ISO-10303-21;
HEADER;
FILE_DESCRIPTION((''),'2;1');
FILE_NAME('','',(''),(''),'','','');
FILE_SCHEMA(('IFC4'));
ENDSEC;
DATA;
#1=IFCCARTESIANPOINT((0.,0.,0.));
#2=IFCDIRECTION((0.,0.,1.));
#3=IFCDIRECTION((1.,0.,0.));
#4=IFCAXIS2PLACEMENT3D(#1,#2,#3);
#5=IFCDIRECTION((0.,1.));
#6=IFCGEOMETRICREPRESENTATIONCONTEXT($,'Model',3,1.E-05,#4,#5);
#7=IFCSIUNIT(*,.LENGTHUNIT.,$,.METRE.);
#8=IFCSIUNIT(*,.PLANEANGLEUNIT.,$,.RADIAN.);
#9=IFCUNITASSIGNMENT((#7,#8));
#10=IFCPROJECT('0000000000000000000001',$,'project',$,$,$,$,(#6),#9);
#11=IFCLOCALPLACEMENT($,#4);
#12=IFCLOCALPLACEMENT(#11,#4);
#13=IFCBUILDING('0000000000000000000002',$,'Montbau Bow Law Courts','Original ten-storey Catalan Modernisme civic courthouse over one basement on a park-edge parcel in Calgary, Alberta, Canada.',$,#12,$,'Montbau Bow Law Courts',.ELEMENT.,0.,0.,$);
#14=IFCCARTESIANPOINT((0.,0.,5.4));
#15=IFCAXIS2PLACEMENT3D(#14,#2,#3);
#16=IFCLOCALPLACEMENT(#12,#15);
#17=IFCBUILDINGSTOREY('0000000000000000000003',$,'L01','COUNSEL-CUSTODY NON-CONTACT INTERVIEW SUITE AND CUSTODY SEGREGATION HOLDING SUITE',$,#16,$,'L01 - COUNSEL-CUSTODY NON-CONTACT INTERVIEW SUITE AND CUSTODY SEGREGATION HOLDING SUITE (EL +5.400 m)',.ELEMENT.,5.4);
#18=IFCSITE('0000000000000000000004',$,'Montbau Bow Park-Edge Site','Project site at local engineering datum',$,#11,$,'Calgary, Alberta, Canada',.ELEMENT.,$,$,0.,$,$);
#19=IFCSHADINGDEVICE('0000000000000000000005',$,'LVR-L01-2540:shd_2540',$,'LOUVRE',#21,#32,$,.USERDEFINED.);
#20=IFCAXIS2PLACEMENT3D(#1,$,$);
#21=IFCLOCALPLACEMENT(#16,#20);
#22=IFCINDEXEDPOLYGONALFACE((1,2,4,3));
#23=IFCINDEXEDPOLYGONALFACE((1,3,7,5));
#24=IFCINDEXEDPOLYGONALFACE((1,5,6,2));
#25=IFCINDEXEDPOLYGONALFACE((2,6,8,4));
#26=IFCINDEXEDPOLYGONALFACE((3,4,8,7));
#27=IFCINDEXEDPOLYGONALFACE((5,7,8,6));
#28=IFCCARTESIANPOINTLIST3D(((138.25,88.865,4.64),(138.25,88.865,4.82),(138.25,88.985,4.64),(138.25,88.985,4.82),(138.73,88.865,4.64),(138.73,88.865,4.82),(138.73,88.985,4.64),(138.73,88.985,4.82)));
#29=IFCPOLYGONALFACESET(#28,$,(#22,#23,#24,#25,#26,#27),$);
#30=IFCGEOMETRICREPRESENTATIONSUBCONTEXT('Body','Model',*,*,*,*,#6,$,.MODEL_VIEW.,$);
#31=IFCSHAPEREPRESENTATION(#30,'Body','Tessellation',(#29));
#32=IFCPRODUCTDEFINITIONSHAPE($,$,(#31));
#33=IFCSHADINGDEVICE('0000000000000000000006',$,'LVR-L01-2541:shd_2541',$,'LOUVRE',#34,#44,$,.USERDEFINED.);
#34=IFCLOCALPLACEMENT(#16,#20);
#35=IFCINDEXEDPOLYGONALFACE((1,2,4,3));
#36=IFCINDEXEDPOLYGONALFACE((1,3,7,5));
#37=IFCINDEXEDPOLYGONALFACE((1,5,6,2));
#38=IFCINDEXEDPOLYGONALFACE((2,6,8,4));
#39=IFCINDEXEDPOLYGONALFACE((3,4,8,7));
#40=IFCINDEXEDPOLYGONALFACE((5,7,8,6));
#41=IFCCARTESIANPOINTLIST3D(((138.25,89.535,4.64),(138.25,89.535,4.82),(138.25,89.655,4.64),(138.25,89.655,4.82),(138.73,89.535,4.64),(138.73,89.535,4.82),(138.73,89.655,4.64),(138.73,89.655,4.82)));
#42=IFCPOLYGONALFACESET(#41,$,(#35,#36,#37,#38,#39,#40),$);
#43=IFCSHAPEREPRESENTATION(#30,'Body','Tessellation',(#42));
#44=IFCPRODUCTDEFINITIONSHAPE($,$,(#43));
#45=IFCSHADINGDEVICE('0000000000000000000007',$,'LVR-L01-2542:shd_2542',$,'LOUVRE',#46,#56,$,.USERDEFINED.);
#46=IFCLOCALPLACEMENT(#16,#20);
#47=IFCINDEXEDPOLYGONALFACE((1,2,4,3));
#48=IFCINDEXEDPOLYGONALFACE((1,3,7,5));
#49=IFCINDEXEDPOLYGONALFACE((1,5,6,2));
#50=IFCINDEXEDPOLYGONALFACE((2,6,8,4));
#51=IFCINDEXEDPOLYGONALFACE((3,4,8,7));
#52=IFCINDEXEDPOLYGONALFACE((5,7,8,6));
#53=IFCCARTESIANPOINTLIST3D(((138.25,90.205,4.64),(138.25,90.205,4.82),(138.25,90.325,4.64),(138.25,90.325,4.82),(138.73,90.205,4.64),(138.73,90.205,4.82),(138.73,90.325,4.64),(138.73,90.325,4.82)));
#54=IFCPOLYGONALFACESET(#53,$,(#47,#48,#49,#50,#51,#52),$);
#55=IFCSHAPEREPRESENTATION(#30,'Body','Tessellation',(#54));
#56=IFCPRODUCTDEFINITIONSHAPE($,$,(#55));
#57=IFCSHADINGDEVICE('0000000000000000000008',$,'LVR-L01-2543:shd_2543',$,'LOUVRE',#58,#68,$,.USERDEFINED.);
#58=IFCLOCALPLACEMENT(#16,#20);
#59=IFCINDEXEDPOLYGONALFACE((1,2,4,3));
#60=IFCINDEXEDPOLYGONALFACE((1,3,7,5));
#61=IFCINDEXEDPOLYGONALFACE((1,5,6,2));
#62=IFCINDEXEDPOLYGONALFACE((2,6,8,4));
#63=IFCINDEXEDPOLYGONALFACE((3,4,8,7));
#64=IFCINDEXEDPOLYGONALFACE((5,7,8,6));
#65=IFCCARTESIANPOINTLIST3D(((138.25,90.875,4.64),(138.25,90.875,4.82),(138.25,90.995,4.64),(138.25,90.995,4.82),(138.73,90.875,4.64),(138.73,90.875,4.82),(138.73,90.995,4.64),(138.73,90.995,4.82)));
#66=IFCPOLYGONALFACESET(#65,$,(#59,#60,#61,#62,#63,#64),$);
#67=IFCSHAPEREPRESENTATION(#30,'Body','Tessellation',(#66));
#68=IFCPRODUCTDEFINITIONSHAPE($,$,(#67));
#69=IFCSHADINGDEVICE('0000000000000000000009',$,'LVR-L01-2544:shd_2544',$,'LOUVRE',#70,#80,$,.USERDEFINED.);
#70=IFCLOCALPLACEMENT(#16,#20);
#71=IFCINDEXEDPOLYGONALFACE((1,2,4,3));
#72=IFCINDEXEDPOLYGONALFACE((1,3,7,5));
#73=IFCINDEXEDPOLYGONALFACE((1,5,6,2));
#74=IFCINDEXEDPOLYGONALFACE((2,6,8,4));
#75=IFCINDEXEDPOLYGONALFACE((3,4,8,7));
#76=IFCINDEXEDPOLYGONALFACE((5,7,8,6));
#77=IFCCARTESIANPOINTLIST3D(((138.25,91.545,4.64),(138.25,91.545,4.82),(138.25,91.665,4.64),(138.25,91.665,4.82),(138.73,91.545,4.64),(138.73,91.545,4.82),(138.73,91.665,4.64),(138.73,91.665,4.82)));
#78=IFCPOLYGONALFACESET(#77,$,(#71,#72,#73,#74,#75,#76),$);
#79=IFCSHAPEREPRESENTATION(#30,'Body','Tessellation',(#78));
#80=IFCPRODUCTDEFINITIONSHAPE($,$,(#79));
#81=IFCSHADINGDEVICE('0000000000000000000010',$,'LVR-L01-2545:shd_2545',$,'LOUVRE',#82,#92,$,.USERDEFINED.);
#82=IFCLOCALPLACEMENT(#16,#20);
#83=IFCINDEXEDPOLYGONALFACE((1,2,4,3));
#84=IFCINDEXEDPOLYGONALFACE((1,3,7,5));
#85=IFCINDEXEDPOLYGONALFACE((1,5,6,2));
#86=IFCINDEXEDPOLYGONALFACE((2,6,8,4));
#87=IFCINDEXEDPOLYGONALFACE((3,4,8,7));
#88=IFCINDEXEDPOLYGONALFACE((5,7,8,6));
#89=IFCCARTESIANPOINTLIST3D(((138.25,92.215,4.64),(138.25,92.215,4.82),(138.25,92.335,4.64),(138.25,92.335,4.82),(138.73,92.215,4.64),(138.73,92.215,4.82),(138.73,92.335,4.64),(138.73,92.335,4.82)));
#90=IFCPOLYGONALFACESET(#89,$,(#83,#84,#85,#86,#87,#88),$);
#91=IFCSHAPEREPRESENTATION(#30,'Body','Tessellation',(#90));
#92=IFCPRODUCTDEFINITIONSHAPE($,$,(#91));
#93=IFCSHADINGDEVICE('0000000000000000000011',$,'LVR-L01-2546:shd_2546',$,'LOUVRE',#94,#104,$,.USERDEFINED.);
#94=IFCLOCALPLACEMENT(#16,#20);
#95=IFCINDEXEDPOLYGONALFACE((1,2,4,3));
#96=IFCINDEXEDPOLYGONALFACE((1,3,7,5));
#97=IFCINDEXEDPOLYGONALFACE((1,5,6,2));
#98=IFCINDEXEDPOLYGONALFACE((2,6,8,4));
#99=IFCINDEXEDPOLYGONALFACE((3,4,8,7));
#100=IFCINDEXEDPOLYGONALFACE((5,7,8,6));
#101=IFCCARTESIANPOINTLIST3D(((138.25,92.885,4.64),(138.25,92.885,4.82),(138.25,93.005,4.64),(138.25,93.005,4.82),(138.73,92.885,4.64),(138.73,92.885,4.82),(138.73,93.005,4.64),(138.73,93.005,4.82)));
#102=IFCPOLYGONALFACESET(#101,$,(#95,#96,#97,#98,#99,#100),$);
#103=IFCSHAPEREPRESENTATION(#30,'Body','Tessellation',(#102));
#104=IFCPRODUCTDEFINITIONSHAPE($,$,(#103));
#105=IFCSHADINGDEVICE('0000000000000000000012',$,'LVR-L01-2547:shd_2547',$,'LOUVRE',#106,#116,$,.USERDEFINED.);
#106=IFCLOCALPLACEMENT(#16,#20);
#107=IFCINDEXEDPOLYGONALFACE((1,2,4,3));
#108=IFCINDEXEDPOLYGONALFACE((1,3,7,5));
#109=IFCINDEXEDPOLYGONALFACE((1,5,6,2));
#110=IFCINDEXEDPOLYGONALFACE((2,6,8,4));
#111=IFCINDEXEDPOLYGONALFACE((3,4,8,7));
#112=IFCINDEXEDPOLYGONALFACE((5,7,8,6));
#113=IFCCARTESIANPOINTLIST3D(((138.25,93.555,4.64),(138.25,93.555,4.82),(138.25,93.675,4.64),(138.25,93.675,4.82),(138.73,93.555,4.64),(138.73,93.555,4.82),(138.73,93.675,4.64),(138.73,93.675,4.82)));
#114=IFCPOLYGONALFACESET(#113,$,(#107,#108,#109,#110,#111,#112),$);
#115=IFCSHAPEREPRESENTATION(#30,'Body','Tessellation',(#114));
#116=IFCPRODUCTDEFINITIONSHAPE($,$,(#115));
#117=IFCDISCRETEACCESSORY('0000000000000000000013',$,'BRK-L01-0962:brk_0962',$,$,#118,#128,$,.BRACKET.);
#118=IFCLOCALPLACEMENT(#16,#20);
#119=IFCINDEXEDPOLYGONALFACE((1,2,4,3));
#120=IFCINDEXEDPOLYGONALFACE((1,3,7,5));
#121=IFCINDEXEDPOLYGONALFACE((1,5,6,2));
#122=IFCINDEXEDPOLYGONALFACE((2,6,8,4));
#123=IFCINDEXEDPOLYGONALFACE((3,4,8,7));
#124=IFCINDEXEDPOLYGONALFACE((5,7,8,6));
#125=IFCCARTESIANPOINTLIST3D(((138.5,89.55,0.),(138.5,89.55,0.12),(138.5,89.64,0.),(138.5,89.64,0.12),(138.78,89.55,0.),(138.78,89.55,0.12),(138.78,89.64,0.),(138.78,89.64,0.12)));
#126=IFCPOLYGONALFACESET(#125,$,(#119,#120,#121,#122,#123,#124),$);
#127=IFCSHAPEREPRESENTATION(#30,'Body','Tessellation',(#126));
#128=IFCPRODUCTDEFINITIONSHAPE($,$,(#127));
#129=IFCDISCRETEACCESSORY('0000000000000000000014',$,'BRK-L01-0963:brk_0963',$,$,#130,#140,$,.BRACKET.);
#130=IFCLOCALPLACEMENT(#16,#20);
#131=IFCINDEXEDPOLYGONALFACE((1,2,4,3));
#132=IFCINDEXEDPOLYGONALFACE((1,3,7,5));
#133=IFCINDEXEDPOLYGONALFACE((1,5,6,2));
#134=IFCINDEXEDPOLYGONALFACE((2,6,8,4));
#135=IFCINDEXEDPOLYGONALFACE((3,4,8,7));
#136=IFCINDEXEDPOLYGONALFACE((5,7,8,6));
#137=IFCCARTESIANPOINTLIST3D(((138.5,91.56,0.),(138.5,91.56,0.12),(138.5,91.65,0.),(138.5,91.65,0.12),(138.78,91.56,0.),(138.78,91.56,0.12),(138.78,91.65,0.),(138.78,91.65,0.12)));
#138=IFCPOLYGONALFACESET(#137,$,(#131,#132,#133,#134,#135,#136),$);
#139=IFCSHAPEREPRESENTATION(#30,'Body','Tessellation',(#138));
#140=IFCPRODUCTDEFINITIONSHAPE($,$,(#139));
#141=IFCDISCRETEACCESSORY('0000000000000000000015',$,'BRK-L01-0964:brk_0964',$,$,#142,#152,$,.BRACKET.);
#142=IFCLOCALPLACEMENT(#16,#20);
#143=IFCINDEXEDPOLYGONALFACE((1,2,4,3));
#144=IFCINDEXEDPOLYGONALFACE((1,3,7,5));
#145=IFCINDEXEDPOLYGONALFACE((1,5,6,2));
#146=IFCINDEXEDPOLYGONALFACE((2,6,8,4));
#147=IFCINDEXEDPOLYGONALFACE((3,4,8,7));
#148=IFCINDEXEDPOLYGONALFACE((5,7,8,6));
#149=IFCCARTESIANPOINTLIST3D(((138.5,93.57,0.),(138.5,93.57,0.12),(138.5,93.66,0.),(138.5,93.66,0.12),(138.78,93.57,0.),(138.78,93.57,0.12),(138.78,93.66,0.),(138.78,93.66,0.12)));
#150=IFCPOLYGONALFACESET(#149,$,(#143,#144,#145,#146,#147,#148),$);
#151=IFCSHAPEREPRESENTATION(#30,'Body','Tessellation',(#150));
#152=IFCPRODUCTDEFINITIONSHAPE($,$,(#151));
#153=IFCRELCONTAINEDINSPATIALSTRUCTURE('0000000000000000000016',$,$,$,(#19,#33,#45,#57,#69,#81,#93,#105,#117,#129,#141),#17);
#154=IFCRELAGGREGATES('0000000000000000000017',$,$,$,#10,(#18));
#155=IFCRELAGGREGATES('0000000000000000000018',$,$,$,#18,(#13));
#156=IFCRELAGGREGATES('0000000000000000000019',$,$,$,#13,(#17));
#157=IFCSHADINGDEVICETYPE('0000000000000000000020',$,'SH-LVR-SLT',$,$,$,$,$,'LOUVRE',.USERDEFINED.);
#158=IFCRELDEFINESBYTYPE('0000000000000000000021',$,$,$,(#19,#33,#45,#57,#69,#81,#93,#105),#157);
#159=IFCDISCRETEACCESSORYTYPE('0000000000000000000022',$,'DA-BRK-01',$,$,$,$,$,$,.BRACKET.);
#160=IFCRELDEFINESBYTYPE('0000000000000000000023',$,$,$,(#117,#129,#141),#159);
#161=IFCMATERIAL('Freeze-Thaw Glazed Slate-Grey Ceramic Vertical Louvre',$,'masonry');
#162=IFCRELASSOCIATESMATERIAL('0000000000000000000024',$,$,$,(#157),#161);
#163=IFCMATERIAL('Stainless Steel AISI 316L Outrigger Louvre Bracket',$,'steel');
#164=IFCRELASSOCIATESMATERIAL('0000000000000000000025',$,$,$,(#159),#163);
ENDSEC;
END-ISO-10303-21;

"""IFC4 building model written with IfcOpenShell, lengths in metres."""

from ifc_helpers import new_model, si_unit, direction, frame, origin_with_axes, origin_2d_with_axis, place, context, subcontext, project, spatial, rectangle, extrude, material, type_object, element, save


model = new_model("IFC4")

# Units and contexts
model_context = context("Model", 3, precision=1e-05, world=origin_with_axes(), true_north=direction((0.0, 1.0)))
body_context = subcontext(model_context, "Body", "Model", "MODEL_VIEW")
ifc_project = project(units=[si_unit("LENGTHUNIT", "METRE"), si_unit("PLANEANGLEUNIT", "RADIAN")], contexts=[model_context])

# Site, building, storey
site_placement = place(None, origin_with_axes())
site = spatial("IfcSite", under=ifc_project, at=site_placement, Name="Montbau Bow Park-Edge Site", Description="Project site at local engineering datum", LongName="Calgary, Alberta, Canada", CompositionType="ELEMENT", RefElevation=0.0)
building_placement = place(site_placement, origin_with_axes())
building = spatial("IfcBuilding", under=site, at=building_placement, Name="Montbau Bow Law Courts", Description="Original ten-storey Catalan Modernisme civic courthouse over one basement on a park-edge parcel in Calgary, Alberta, Canada.", LongName="Montbau Bow Law Courts", CompositionType="ELEMENT", ElevationOfRefHeight=0.0, ElevationOfTerrain=0.0)
storey_placement = place(building_placement, frame((0.0, 0.0, 5.4), z_axis=(0.0, 0.0, 1.0), x_axis=(1.0, 0.0, 0.0)))
storey = spatial("IfcBuildingStorey", under=building, at=storey_placement, Name="L01", Description="COUNSEL-CUSTODY NON-CONTACT INTERVIEW SUITE AND CUSTODY SEGREGATION HOLDING SUITE", LongName="L01 - COUNSEL-CUSTODY NON-CONTACT INTERVIEW SUITE AND CUSTODY SEGREGATION HOLDING SUITE (EL +5.400 m)", CompositionType="ELEMENT", Elevation=5.4)

# Shared definitions
ifc_material_1 = material(Name="Freeze-Thaw Glazed Slate-Grey Ceramic Vertical Louvre", Category="masonry")

# Shading devices
shading_device_type = type_object("IfcShadingDeviceType", Name="SH-LVR-SLT", ElementType="LOUVRE", PredefinedType="USERDEFINED", material=ifc_material_1)
for number, where, z_axis, x_axis, name in (
    (1, (138.49, 88.925, 10.04), (0.0, 0.0, 1.0), (-1.0, 0.0, 0.0), "LVR-L01-2540:shd_2540"),
    (2, (138.49, 89.595, 10.04), (0.0, 0.0, 1.0), (-1.0, 0.0, 0.0), "LVR-L01-2541:shd_2541"),
    (3, (138.49, 90.265, 10.04), (0.0, 0.0, 1.0), (-1.0, 0.0, 0.0), "LVR-L01-2542:shd_2542"),
    (4, (138.49, 90.935, 10.04), (0.0, 0.0, 1.0), (-1.0, 0.0, 0.0), "LVR-L01-2543:shd_2543"),
    (5, (138.49, 91.605, 10.04), (0.0, 0.0, 1.0), (-1.0, 0.0, 0.0), "LVR-L01-2544:shd_2544"),
    (6, (138.49, 92.275, 10.04), (0.0, 0.0, 1.0), (-1.0, 0.0, 0.0), "LVR-L01-2545:shd_2545"),
    (7, (138.49, 92.945, 10.04), (0.0, 0.0, 1.0), (-1.0, 0.0, 0.0), "LVR-L01-2546:shd_2546"),
    (8, (138.49, 93.615, 10.04), (0.0, 0.0, 1.0), (-1.0, 0.0, 0.0), "LVR-L01-2547:shd_2547"),
):
    element("IfcShadingDevice", number, at=place(None, frame(where, z_axis=z_axis, x_axis=x_axis)), inside=storey, type_object=shading_device_type, Name=name, ObjectType="LOUVRE", PredefinedType="USERDEFINED", context=body_context, shape_type="SweptSolid", body=[
        extrude(rectangle(XDim=0.48, YDim=0.12, at=origin_2d_with_axis()), origin_with_axes(), (0.0, 0.0, 1.0), 0.18),
    ])

# Discrete accessories
ifc_material_2 = material(Name="Stainless Steel AISI 316L Outrigger Louvre Bracket", Category="steel")
discrete_accessory_type = type_object("IfcDiscreteAccessoryType", Name="DA-BRK-01", PredefinedType="BRACKET", material=ifc_material_2)
for number, where, z_axis, x_axis, name in (
    (9, (138.64, 89.595, 5.4), (0.0, 0.0, 1.0), (-1.0, 0.0, 0.0), "BRK-L01-0962:brk_0962"),
    (10, (138.64, 91.605, 5.4), (0.0, 0.0, 1.0), (-1.0, 0.0, 0.0), "BRK-L01-0963:brk_0963"),
    (11, (138.64, 93.615, 5.4), (0.0, 0.0, 1.0), (-1.0, 0.0, 0.0), "BRK-L01-0964:brk_0964"),
):
    element("IfcDiscreteAccessory", number, at=place(None, frame(where, z_axis=z_axis, x_axis=x_axis)), inside=storey, type_object=discrete_accessory_type, Name=name, PredefinedType="BRACKET", context=body_context, shape_type="SweptSolid", body=[
        extrude(rectangle(XDim=0.28, YDim=0.09, at=origin_2d_with_axis()), origin_with_axes(), (0.0, 0.0, 1.0), 0.12),
    ])

save(model, "model.ifc")
